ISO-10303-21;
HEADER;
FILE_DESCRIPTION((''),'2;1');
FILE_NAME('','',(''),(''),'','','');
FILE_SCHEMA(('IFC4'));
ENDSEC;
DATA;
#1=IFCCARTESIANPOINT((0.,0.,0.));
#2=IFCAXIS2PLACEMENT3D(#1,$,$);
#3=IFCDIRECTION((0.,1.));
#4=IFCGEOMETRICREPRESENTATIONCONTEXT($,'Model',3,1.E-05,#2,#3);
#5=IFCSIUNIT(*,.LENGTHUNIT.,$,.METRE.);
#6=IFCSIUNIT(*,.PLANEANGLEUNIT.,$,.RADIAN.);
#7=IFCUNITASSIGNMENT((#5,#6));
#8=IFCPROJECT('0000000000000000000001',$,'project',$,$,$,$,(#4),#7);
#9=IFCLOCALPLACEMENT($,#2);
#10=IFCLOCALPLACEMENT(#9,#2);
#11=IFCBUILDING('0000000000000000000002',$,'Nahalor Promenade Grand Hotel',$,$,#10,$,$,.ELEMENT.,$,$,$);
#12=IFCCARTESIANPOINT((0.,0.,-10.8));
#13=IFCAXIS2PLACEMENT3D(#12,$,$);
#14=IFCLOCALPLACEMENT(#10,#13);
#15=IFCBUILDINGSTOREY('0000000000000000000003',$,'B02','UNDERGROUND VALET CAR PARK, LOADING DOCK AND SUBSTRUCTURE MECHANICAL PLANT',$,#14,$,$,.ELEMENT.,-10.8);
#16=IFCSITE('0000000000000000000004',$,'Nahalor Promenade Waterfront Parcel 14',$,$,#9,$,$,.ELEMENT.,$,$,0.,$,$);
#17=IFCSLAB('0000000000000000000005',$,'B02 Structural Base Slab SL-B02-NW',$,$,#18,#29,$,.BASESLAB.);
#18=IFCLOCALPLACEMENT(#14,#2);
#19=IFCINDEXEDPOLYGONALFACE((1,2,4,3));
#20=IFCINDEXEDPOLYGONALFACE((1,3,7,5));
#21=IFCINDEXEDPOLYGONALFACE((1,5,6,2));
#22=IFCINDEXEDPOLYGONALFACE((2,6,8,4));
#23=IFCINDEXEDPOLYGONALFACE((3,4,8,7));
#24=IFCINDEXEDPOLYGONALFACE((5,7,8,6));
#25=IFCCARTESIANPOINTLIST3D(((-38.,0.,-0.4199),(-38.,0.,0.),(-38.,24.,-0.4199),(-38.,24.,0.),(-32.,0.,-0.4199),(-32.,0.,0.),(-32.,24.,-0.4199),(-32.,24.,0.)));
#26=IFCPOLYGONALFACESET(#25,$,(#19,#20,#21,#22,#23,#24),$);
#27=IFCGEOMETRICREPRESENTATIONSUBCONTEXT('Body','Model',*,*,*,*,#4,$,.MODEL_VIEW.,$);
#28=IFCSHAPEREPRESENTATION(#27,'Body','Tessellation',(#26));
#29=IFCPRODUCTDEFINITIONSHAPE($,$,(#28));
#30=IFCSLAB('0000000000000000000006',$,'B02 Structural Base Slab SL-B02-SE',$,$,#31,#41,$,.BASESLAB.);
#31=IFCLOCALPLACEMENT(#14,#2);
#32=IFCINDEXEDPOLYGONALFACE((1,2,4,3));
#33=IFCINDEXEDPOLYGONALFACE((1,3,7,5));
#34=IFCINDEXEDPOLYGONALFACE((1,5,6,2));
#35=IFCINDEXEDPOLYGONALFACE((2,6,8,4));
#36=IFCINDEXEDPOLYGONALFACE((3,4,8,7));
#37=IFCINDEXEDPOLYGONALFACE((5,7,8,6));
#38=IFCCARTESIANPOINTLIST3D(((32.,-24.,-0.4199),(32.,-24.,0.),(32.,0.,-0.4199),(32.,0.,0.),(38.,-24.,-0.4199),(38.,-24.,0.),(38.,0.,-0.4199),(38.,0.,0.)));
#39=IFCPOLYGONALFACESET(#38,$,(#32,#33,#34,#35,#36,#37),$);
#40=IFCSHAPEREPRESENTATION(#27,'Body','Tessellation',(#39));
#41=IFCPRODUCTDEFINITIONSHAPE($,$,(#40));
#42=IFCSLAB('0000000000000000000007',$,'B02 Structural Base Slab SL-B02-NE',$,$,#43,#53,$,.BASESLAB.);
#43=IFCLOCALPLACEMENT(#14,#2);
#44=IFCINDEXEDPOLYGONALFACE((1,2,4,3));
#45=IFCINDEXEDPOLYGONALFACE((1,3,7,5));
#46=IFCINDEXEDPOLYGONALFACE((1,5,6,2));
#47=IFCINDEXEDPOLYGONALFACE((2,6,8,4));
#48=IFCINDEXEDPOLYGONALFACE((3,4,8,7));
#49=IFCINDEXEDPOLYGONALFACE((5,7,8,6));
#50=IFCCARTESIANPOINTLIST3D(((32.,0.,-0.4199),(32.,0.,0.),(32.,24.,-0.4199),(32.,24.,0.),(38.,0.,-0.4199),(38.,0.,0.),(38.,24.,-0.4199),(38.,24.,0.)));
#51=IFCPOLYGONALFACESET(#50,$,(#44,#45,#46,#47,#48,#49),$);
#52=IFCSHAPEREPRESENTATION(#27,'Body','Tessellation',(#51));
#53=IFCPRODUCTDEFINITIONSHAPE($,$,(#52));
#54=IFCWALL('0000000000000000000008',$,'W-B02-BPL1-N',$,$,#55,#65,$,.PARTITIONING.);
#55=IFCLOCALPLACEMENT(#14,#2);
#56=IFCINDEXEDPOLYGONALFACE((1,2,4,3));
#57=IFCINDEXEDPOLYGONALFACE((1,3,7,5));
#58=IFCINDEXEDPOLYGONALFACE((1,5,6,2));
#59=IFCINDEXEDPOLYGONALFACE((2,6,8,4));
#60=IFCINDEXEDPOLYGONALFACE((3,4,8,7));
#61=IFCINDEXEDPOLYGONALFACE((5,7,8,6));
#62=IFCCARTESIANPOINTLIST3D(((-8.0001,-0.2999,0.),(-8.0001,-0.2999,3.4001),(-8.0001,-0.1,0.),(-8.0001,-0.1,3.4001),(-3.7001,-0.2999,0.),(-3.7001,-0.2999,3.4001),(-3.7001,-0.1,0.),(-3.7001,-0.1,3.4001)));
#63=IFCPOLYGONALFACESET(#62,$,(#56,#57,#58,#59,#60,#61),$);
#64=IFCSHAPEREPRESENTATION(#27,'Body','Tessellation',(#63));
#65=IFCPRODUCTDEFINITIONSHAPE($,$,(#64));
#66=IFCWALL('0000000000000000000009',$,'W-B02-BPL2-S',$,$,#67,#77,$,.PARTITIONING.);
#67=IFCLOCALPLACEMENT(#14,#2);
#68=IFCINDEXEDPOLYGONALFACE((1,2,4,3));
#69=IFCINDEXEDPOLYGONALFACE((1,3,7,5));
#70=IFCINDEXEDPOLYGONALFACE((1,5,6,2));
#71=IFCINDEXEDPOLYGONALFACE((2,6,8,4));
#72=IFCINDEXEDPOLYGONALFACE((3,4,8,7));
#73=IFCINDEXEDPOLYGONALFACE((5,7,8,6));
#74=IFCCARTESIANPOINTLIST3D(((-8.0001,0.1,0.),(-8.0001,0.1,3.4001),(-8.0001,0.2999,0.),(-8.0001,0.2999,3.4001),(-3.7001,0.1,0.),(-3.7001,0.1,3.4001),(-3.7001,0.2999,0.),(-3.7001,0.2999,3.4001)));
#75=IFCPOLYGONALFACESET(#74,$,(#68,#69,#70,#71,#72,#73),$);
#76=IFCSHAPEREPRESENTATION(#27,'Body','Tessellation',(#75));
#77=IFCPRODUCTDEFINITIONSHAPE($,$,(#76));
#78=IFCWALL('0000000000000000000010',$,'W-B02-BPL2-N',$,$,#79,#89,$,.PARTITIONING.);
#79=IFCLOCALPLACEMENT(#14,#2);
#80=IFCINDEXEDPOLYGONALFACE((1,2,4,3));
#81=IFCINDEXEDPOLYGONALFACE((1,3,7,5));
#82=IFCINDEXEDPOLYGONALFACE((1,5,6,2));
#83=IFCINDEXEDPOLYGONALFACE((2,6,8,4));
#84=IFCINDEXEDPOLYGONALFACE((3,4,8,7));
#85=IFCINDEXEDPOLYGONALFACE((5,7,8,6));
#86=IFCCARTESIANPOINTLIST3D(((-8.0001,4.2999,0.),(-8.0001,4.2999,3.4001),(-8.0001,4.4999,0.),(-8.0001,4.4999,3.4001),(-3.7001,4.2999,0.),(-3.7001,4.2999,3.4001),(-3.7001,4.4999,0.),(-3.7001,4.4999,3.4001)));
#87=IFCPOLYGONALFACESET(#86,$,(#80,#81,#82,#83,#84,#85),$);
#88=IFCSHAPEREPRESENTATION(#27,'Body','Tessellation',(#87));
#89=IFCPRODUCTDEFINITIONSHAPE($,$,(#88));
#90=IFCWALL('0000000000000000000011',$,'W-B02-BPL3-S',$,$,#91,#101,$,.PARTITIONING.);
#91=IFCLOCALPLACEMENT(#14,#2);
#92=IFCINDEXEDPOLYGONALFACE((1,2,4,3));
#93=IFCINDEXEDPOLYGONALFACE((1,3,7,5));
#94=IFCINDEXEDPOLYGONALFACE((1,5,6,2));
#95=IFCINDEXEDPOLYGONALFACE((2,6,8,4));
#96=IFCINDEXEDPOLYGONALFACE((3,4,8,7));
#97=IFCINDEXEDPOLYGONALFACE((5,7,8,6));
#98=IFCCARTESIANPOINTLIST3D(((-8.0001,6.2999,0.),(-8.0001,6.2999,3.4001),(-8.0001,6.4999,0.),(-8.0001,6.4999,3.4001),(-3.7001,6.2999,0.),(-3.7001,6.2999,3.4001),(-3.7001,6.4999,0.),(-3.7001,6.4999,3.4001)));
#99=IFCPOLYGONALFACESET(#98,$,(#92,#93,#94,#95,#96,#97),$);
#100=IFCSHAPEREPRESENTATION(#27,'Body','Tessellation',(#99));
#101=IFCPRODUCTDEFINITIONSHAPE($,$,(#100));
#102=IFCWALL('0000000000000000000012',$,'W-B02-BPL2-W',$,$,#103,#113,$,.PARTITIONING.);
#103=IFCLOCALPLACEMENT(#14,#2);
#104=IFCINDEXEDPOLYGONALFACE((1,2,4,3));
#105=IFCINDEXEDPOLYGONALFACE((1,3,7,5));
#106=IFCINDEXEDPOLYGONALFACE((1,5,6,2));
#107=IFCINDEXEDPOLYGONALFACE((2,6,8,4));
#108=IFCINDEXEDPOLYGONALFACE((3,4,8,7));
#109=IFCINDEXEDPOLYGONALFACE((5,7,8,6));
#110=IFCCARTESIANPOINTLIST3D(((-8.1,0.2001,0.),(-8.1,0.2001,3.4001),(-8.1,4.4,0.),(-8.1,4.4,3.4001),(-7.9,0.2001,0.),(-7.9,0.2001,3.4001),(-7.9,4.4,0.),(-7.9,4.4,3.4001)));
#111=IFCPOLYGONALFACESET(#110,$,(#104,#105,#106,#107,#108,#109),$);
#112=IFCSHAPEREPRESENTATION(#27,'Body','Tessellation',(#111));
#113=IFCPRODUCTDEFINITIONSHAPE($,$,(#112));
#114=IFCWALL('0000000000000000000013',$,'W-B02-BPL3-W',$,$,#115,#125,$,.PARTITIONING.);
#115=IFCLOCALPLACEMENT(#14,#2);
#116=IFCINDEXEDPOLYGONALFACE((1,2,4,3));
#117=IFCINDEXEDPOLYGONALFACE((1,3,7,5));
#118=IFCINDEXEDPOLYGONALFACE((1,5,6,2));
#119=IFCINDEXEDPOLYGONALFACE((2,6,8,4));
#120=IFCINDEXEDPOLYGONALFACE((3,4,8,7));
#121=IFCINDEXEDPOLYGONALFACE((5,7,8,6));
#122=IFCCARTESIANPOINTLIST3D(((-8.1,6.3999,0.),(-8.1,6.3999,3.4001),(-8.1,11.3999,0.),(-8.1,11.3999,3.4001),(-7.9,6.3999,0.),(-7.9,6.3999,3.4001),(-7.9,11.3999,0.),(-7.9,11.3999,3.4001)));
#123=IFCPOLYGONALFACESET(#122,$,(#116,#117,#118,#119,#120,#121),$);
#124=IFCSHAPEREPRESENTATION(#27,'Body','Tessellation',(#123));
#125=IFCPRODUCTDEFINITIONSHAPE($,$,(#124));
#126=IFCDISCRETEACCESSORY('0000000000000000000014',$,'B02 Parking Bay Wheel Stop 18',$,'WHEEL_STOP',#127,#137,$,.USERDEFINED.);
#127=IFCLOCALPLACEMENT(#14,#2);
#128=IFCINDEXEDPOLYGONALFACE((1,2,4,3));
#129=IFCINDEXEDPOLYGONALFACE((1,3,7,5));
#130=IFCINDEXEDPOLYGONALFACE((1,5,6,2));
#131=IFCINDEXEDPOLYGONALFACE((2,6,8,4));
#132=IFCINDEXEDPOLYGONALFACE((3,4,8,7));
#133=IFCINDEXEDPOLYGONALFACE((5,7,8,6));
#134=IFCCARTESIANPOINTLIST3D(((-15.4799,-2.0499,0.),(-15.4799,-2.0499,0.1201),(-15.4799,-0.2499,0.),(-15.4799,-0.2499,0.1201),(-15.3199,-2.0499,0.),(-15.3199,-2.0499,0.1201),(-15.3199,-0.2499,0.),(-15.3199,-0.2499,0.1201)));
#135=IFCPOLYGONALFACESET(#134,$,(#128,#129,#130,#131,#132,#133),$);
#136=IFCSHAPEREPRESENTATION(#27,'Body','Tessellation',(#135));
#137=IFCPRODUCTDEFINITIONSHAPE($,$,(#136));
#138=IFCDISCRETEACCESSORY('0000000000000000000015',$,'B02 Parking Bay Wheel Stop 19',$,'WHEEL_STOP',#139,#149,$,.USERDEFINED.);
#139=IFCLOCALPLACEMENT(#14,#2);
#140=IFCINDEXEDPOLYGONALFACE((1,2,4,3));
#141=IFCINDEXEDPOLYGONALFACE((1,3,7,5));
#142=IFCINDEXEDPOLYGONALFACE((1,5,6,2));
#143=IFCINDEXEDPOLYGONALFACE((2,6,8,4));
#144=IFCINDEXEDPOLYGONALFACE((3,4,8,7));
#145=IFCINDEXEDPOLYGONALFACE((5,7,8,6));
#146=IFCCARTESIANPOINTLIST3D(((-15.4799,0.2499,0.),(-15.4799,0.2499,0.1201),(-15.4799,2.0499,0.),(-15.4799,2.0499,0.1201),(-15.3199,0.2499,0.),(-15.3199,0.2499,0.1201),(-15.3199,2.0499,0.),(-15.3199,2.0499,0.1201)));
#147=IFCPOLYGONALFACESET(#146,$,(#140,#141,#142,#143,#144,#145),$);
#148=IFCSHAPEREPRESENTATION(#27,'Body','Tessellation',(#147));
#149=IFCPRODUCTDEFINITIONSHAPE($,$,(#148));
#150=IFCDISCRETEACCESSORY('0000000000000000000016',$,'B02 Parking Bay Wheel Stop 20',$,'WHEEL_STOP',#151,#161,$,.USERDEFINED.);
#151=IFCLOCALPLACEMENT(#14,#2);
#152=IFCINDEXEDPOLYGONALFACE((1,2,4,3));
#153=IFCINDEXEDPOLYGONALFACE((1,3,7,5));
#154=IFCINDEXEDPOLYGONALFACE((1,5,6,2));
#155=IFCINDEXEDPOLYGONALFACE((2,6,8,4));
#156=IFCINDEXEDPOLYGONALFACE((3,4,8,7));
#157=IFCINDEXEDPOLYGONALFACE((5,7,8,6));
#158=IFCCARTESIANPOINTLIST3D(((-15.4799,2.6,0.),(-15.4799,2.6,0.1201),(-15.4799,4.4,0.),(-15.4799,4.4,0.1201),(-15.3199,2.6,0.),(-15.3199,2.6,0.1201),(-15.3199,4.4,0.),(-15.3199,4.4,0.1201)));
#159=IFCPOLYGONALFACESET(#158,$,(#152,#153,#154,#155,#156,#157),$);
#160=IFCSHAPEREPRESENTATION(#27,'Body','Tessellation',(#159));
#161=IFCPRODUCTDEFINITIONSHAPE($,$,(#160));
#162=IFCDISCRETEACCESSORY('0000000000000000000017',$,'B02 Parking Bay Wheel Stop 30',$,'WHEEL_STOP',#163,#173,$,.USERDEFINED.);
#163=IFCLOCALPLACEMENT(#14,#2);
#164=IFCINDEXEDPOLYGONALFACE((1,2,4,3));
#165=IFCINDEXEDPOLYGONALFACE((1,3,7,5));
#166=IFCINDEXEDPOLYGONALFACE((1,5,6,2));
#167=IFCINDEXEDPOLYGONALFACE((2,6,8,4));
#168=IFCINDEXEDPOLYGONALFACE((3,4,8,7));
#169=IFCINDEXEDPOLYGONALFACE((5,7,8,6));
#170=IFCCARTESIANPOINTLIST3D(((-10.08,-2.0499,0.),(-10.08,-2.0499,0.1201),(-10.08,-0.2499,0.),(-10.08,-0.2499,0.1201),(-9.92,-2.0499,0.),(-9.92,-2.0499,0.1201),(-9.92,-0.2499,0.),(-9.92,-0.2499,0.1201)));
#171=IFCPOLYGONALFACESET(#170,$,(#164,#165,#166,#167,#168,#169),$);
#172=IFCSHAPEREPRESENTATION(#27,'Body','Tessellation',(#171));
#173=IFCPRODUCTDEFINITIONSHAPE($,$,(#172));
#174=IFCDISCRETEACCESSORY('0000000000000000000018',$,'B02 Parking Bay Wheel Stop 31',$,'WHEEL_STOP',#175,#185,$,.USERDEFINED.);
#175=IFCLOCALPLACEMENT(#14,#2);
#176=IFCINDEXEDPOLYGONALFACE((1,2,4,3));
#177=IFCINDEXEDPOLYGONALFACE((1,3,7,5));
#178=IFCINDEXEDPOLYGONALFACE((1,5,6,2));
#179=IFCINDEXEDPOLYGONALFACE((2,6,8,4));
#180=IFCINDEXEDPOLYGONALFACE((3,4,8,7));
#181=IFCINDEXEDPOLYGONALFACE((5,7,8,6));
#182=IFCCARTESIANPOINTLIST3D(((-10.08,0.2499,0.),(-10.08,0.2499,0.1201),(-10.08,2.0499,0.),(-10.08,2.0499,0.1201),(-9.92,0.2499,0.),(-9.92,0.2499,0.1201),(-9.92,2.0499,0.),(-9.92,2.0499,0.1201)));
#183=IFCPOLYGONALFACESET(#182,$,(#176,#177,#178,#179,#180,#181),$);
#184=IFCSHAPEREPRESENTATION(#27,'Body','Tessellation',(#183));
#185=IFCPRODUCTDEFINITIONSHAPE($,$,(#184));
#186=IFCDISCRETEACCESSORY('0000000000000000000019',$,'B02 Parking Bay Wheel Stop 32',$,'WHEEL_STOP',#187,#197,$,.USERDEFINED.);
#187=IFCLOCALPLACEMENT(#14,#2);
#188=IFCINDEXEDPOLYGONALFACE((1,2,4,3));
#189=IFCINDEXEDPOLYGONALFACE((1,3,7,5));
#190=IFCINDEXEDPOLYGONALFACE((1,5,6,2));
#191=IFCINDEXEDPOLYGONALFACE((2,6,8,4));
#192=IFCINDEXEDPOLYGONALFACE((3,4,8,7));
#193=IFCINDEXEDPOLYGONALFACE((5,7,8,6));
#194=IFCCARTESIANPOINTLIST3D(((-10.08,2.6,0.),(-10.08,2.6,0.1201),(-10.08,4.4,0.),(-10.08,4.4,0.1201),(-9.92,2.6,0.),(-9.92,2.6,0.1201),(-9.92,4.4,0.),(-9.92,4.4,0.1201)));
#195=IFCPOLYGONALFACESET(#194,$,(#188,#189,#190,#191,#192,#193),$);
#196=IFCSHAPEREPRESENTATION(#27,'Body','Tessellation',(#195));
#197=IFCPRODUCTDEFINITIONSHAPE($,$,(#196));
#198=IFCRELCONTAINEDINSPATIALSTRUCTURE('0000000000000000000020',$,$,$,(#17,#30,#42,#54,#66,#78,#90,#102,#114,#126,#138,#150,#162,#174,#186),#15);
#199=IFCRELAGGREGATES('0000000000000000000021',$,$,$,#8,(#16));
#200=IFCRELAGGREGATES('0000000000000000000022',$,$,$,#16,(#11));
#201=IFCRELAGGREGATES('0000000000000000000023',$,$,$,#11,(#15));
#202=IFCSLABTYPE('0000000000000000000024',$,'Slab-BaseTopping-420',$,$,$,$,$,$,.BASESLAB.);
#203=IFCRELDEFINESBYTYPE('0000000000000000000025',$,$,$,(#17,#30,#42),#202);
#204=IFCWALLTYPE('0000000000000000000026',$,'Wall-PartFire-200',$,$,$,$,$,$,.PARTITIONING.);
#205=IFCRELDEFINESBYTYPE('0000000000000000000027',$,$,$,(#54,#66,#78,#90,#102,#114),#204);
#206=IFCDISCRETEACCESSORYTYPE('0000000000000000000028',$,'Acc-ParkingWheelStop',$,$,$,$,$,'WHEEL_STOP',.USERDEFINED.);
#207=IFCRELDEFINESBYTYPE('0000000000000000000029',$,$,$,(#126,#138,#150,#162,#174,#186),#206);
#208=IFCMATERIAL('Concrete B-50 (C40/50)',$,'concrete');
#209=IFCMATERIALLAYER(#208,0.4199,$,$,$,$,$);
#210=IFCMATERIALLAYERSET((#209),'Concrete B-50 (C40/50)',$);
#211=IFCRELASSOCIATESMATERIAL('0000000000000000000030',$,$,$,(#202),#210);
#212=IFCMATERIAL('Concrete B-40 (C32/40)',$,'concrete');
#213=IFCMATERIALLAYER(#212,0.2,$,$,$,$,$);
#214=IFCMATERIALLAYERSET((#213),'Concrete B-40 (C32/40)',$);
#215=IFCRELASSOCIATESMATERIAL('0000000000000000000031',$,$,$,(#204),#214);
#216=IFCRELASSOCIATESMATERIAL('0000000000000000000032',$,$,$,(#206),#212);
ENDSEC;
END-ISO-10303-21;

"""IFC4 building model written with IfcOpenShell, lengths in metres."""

from ifc_helpers import new_model, si_unit, direction, frame, frame_2d, origin, origin_2d, place, context, subcontext, project, spatial, polyline, rectangle, outline, extrude, source, transform, mapped, material, layer, layer_set, type_object, element, save


model = new_model("IFC4")

# Units and contexts
model_context = context("Model", 3, precision=1e-05, world=origin(), true_north=direction((0.0, 1.0)))
body_context = subcontext(model_context, "Body", "Model", "MODEL_VIEW")
ifc_project = project(units=[si_unit("LENGTHUNIT", "METRE"), si_unit("PLANEANGLEUNIT", "RADIAN")], contexts=[model_context])

# Site, building, storey
site_placement = place(None, origin())
site = spatial("IfcSite", under=ifc_project, at=site_placement, Name="Nahalor Promenade Waterfront Parcel 14", CompositionType="ELEMENT", RefElevation=0.0)
building_placement = place(site_placement, origin())
building = spatial("IfcBuilding", under=site, at=building_placement, Name="Nahalor Promenade Grand Hotel", CompositionType="ELEMENT")
storey_placement = place(building_placement, frame((0.0, 0.0, -10.8)))
storey = spatial("IfcBuildingStorey", under=building, at=storey_placement, Name="B02", Description="UNDERGROUND VALET CAR PARK, LOADING DOCK AND SUBSTRUCTURE MECHANICAL PLANT", CompositionType="ELEMENT", Elevation=-10.8)

# Shared definitions
ifc_material_1 = material(Name="Concrete B-50 (C40/50)", Category="concrete")

# Slabs
ifc_layer_1 = layer(ifc_material_1, 0.4199)
ifc_layer_set_1 = layer_set([ifc_layer_1], Name="Concrete B-50 (C40/50)")
slab_type_1 = type_object("IfcSlabType", Name="Slab-BaseTopping-420", PredefinedType="BASESLAB", material=ifc_layer_set_1)
slab_1_placement = place(storey_placement, frame((0.0, 0.0, -0.4199)))
element("IfcSlab", 1, at=slab_1_placement, inside=storey, type_object=slab_type_1, Name="B02 Structural Base Slab SL-B02-NW", PredefinedType="BASESLAB", context=body_context, shape_type="SweptSolid", body=[
    extrude(outline(polyline([(-38.0, 0.0), (-32.0, 0.0), (-32.0, 24.0), (-38.0, 24.0), (-38.0, 0.0)])), origin(), (0.0, 0.0, 1.0), 0.4199),
])
slab_2_placement = place(storey_placement, frame((0.0, 0.0, -0.4199)))
element("IfcSlab", 2, at=slab_2_placement, inside=storey, type_object=slab_type_1, Name="B02 Structural Base Slab SL-B02-SE", PredefinedType="BASESLAB", context=body_context, shape_type="SweptSolid", body=[
    extrude(outline(polyline([(32.0, -24.0), (38.0, -24.0), (38.0, 0.0), (32.0, 0.0), (32.0, -24.0)])), origin(), (0.0, 0.0, 1.0), 0.4199),
])
slab_3_placement = place(storey_placement, frame((0.0, 0.0, -0.4199)))
element("IfcSlab", 3, at=slab_3_placement, inside=storey, type_object=slab_type_1, Name="B02 Structural Base Slab SL-B02-NE", PredefinedType="BASESLAB", context=body_context, shape_type="SweptSolid", body=[
    extrude(outline(polyline([(32.0, 0.0), (38.0, 0.0), (38.0, 24.0), (32.0, 24.0), (32.0, 0.0)])), origin(), (0.0, 0.0, 1.0), 0.4199),
])

# Walls
ifc_material_2 = material(Name="Concrete B-40 (C32/40)", Category="concrete")
ifc_layer_2 = layer(ifc_material_2, 0.2)
ifc_layer_set_2 = layer_set([ifc_layer_2], Name="Concrete B-40 (C32/40)")
wall_type = type_object("IfcWallType", Name="Wall-PartFire-200", PredefinedType="PARTITIONING", material=ifc_layer_set_2)
shared_shape_1 = source(origin(), body_context, "Body", "SweptSolid", [
    extrude(rectangle(XDim=4.3, YDim=0.2, at=frame_2d((2.1499, 0.0))), origin(), (0.0, 0.0, 1.0), 3.4001),
])
for number, where, z_axis, x_axis, name in (
    (4, (-8.0, -0.2, 0.0), (0.0, 0.0, 1.0), (1.0, 0.0, 0.0), "W-B02-BPL1-N"),
    (5, (-8.0, 0.2, 0.0), (0.0, 0.0, 1.0), (1.0, 0.0, 0.0), "W-B02-BPL2-S"),
    (6, (-8.0, 4.3999, 0.0), (0.0, 0.0, 1.0), (1.0, 0.0, 0.0), "W-B02-BPL2-N"),
    (7, (-8.0, 6.3999, 0.0), (0.0, 0.0, 1.0), (1.0, 0.0, 0.0), "W-B02-BPL3-S"),
):
    element("IfcWall", number, at=place(storey_placement, frame(where, z_axis=z_axis, x_axis=x_axis)), inside=storey, type_object=wall_type, Name=name, PredefinedType="PARTITIONING", context=body_context, shape_type="MappedRepresentation", body=[
        mapped(shared_shape_1, transform((0.0, 0.0, 0.0), scale=1.0)),
    ])
shared_shape_2 = source(origin(), body_context, "Body", "SweptSolid", [
    extrude(rectangle(XDim=4.2, YDim=0.2, at=frame_2d((2.1001, 0.0))), origin(), (0.0, 0.0, 1.0), 3.4001),
])
wall_1_placement = place(storey_placement, frame((-8.0, 0.2, 0.0), z_axis=(0.0, 0.0, 1.0), x_axis=(0.0, 1.0, 0.0)))
element("IfcWall", 8, at=wall_1_placement, inside=storey, type_object=wall_type, Name="W-B02-BPL2-W", PredefinedType="PARTITIONING", context=body_context, shape_type="MappedRepresentation", body=[
    mapped(shared_shape_2, transform((0.0, 0.0, 0.0), scale=1.0)),
])

# Wall
shared_shape_3 = source(origin(), body_context, "Body", "SweptSolid", [
    extrude(rectangle(XDim=5.0, YDim=0.2, at=frame_2d((2.5, 0.0))), origin(), (0.0, 0.0, 1.0), 3.4001),
])
wall_2_placement = place(storey_placement, frame((-8.0, 6.3999, 0.0), z_axis=(0.0, 0.0, 1.0), x_axis=(0.0, 1.0, 0.0)))
element("IfcWall", 9, at=wall_2_placement, inside=storey, type_object=wall_type, Name="W-B02-BPL3-W", PredefinedType="PARTITIONING", context=body_context, shape_type="MappedRepresentation", body=[
    mapped(shared_shape_3, transform((0.0, 0.0, 0.0), scale=1.0)),
])

# Discrete accessories
discrete_accessory_type = type_object("IfcDiscreteAccessoryType", Name="Acc-ParkingWheelStop", ElementType="WHEEL_STOP", PredefinedType="USERDEFINED", material=ifc_material_2)
shared_shape_4 = source(origin(), body_context, "Body", "SweptSolid", [
    extrude(rectangle(XDim=1.8, YDim=0.1599, at=origin_2d()), origin(), (0.0, 0.0, 1.0), 0.1201),
])
for number, where, z_axis, x_axis, name in (
    (10, (-15.3999, -1.1499, 0.0), (0.0, 0.0, 1.0), (0.0, 1.0, 0.0), "B02 Parking Bay Wheel Stop 18"),
    (11, (-15.3999, 1.1499, 0.0), (0.0, 0.0, 1.0), (0.0, 1.0, 0.0), "B02 Parking Bay Wheel Stop 19"),
    (12, (-15.3999, 3.5, 0.0), (0.0, 0.0, 1.0), (0.0, 1.0, 0.0), "B02 Parking Bay Wheel Stop 20"),
    (13, (-10.0, -1.1499, 0.0), (0.0, 0.0, 1.0), (0.0, 1.0, 0.0), "B02 Parking Bay Wheel Stop 30"),
    (14, (-10.0, 1.1499, 0.0), (0.0, 0.0, 1.0), (0.0, 1.0, 0.0), "B02 Parking Bay Wheel Stop 31"),
    (15, (-10.0, 3.5, 0.0), (0.0, 0.0, 1.0), (0.0, 1.0, 0.0), "B02 Parking Bay Wheel Stop 32"),
):
    element("IfcDiscreteAccessory", number, at=place(storey_placement, frame(where, z_axis=z_axis, x_axis=x_axis)), inside=storey, type_object=discrete_accessory_type, Name=name, ObjectType="WHEEL_STOP", PredefinedType="USERDEFINED", context=body_context, shape_type="MappedRepresentation", body=[
        mapped(shared_shape_4, transform((0.0, 0.0, 0.0), scale=1.0)),
    ])

save(model, "model.ifc")
